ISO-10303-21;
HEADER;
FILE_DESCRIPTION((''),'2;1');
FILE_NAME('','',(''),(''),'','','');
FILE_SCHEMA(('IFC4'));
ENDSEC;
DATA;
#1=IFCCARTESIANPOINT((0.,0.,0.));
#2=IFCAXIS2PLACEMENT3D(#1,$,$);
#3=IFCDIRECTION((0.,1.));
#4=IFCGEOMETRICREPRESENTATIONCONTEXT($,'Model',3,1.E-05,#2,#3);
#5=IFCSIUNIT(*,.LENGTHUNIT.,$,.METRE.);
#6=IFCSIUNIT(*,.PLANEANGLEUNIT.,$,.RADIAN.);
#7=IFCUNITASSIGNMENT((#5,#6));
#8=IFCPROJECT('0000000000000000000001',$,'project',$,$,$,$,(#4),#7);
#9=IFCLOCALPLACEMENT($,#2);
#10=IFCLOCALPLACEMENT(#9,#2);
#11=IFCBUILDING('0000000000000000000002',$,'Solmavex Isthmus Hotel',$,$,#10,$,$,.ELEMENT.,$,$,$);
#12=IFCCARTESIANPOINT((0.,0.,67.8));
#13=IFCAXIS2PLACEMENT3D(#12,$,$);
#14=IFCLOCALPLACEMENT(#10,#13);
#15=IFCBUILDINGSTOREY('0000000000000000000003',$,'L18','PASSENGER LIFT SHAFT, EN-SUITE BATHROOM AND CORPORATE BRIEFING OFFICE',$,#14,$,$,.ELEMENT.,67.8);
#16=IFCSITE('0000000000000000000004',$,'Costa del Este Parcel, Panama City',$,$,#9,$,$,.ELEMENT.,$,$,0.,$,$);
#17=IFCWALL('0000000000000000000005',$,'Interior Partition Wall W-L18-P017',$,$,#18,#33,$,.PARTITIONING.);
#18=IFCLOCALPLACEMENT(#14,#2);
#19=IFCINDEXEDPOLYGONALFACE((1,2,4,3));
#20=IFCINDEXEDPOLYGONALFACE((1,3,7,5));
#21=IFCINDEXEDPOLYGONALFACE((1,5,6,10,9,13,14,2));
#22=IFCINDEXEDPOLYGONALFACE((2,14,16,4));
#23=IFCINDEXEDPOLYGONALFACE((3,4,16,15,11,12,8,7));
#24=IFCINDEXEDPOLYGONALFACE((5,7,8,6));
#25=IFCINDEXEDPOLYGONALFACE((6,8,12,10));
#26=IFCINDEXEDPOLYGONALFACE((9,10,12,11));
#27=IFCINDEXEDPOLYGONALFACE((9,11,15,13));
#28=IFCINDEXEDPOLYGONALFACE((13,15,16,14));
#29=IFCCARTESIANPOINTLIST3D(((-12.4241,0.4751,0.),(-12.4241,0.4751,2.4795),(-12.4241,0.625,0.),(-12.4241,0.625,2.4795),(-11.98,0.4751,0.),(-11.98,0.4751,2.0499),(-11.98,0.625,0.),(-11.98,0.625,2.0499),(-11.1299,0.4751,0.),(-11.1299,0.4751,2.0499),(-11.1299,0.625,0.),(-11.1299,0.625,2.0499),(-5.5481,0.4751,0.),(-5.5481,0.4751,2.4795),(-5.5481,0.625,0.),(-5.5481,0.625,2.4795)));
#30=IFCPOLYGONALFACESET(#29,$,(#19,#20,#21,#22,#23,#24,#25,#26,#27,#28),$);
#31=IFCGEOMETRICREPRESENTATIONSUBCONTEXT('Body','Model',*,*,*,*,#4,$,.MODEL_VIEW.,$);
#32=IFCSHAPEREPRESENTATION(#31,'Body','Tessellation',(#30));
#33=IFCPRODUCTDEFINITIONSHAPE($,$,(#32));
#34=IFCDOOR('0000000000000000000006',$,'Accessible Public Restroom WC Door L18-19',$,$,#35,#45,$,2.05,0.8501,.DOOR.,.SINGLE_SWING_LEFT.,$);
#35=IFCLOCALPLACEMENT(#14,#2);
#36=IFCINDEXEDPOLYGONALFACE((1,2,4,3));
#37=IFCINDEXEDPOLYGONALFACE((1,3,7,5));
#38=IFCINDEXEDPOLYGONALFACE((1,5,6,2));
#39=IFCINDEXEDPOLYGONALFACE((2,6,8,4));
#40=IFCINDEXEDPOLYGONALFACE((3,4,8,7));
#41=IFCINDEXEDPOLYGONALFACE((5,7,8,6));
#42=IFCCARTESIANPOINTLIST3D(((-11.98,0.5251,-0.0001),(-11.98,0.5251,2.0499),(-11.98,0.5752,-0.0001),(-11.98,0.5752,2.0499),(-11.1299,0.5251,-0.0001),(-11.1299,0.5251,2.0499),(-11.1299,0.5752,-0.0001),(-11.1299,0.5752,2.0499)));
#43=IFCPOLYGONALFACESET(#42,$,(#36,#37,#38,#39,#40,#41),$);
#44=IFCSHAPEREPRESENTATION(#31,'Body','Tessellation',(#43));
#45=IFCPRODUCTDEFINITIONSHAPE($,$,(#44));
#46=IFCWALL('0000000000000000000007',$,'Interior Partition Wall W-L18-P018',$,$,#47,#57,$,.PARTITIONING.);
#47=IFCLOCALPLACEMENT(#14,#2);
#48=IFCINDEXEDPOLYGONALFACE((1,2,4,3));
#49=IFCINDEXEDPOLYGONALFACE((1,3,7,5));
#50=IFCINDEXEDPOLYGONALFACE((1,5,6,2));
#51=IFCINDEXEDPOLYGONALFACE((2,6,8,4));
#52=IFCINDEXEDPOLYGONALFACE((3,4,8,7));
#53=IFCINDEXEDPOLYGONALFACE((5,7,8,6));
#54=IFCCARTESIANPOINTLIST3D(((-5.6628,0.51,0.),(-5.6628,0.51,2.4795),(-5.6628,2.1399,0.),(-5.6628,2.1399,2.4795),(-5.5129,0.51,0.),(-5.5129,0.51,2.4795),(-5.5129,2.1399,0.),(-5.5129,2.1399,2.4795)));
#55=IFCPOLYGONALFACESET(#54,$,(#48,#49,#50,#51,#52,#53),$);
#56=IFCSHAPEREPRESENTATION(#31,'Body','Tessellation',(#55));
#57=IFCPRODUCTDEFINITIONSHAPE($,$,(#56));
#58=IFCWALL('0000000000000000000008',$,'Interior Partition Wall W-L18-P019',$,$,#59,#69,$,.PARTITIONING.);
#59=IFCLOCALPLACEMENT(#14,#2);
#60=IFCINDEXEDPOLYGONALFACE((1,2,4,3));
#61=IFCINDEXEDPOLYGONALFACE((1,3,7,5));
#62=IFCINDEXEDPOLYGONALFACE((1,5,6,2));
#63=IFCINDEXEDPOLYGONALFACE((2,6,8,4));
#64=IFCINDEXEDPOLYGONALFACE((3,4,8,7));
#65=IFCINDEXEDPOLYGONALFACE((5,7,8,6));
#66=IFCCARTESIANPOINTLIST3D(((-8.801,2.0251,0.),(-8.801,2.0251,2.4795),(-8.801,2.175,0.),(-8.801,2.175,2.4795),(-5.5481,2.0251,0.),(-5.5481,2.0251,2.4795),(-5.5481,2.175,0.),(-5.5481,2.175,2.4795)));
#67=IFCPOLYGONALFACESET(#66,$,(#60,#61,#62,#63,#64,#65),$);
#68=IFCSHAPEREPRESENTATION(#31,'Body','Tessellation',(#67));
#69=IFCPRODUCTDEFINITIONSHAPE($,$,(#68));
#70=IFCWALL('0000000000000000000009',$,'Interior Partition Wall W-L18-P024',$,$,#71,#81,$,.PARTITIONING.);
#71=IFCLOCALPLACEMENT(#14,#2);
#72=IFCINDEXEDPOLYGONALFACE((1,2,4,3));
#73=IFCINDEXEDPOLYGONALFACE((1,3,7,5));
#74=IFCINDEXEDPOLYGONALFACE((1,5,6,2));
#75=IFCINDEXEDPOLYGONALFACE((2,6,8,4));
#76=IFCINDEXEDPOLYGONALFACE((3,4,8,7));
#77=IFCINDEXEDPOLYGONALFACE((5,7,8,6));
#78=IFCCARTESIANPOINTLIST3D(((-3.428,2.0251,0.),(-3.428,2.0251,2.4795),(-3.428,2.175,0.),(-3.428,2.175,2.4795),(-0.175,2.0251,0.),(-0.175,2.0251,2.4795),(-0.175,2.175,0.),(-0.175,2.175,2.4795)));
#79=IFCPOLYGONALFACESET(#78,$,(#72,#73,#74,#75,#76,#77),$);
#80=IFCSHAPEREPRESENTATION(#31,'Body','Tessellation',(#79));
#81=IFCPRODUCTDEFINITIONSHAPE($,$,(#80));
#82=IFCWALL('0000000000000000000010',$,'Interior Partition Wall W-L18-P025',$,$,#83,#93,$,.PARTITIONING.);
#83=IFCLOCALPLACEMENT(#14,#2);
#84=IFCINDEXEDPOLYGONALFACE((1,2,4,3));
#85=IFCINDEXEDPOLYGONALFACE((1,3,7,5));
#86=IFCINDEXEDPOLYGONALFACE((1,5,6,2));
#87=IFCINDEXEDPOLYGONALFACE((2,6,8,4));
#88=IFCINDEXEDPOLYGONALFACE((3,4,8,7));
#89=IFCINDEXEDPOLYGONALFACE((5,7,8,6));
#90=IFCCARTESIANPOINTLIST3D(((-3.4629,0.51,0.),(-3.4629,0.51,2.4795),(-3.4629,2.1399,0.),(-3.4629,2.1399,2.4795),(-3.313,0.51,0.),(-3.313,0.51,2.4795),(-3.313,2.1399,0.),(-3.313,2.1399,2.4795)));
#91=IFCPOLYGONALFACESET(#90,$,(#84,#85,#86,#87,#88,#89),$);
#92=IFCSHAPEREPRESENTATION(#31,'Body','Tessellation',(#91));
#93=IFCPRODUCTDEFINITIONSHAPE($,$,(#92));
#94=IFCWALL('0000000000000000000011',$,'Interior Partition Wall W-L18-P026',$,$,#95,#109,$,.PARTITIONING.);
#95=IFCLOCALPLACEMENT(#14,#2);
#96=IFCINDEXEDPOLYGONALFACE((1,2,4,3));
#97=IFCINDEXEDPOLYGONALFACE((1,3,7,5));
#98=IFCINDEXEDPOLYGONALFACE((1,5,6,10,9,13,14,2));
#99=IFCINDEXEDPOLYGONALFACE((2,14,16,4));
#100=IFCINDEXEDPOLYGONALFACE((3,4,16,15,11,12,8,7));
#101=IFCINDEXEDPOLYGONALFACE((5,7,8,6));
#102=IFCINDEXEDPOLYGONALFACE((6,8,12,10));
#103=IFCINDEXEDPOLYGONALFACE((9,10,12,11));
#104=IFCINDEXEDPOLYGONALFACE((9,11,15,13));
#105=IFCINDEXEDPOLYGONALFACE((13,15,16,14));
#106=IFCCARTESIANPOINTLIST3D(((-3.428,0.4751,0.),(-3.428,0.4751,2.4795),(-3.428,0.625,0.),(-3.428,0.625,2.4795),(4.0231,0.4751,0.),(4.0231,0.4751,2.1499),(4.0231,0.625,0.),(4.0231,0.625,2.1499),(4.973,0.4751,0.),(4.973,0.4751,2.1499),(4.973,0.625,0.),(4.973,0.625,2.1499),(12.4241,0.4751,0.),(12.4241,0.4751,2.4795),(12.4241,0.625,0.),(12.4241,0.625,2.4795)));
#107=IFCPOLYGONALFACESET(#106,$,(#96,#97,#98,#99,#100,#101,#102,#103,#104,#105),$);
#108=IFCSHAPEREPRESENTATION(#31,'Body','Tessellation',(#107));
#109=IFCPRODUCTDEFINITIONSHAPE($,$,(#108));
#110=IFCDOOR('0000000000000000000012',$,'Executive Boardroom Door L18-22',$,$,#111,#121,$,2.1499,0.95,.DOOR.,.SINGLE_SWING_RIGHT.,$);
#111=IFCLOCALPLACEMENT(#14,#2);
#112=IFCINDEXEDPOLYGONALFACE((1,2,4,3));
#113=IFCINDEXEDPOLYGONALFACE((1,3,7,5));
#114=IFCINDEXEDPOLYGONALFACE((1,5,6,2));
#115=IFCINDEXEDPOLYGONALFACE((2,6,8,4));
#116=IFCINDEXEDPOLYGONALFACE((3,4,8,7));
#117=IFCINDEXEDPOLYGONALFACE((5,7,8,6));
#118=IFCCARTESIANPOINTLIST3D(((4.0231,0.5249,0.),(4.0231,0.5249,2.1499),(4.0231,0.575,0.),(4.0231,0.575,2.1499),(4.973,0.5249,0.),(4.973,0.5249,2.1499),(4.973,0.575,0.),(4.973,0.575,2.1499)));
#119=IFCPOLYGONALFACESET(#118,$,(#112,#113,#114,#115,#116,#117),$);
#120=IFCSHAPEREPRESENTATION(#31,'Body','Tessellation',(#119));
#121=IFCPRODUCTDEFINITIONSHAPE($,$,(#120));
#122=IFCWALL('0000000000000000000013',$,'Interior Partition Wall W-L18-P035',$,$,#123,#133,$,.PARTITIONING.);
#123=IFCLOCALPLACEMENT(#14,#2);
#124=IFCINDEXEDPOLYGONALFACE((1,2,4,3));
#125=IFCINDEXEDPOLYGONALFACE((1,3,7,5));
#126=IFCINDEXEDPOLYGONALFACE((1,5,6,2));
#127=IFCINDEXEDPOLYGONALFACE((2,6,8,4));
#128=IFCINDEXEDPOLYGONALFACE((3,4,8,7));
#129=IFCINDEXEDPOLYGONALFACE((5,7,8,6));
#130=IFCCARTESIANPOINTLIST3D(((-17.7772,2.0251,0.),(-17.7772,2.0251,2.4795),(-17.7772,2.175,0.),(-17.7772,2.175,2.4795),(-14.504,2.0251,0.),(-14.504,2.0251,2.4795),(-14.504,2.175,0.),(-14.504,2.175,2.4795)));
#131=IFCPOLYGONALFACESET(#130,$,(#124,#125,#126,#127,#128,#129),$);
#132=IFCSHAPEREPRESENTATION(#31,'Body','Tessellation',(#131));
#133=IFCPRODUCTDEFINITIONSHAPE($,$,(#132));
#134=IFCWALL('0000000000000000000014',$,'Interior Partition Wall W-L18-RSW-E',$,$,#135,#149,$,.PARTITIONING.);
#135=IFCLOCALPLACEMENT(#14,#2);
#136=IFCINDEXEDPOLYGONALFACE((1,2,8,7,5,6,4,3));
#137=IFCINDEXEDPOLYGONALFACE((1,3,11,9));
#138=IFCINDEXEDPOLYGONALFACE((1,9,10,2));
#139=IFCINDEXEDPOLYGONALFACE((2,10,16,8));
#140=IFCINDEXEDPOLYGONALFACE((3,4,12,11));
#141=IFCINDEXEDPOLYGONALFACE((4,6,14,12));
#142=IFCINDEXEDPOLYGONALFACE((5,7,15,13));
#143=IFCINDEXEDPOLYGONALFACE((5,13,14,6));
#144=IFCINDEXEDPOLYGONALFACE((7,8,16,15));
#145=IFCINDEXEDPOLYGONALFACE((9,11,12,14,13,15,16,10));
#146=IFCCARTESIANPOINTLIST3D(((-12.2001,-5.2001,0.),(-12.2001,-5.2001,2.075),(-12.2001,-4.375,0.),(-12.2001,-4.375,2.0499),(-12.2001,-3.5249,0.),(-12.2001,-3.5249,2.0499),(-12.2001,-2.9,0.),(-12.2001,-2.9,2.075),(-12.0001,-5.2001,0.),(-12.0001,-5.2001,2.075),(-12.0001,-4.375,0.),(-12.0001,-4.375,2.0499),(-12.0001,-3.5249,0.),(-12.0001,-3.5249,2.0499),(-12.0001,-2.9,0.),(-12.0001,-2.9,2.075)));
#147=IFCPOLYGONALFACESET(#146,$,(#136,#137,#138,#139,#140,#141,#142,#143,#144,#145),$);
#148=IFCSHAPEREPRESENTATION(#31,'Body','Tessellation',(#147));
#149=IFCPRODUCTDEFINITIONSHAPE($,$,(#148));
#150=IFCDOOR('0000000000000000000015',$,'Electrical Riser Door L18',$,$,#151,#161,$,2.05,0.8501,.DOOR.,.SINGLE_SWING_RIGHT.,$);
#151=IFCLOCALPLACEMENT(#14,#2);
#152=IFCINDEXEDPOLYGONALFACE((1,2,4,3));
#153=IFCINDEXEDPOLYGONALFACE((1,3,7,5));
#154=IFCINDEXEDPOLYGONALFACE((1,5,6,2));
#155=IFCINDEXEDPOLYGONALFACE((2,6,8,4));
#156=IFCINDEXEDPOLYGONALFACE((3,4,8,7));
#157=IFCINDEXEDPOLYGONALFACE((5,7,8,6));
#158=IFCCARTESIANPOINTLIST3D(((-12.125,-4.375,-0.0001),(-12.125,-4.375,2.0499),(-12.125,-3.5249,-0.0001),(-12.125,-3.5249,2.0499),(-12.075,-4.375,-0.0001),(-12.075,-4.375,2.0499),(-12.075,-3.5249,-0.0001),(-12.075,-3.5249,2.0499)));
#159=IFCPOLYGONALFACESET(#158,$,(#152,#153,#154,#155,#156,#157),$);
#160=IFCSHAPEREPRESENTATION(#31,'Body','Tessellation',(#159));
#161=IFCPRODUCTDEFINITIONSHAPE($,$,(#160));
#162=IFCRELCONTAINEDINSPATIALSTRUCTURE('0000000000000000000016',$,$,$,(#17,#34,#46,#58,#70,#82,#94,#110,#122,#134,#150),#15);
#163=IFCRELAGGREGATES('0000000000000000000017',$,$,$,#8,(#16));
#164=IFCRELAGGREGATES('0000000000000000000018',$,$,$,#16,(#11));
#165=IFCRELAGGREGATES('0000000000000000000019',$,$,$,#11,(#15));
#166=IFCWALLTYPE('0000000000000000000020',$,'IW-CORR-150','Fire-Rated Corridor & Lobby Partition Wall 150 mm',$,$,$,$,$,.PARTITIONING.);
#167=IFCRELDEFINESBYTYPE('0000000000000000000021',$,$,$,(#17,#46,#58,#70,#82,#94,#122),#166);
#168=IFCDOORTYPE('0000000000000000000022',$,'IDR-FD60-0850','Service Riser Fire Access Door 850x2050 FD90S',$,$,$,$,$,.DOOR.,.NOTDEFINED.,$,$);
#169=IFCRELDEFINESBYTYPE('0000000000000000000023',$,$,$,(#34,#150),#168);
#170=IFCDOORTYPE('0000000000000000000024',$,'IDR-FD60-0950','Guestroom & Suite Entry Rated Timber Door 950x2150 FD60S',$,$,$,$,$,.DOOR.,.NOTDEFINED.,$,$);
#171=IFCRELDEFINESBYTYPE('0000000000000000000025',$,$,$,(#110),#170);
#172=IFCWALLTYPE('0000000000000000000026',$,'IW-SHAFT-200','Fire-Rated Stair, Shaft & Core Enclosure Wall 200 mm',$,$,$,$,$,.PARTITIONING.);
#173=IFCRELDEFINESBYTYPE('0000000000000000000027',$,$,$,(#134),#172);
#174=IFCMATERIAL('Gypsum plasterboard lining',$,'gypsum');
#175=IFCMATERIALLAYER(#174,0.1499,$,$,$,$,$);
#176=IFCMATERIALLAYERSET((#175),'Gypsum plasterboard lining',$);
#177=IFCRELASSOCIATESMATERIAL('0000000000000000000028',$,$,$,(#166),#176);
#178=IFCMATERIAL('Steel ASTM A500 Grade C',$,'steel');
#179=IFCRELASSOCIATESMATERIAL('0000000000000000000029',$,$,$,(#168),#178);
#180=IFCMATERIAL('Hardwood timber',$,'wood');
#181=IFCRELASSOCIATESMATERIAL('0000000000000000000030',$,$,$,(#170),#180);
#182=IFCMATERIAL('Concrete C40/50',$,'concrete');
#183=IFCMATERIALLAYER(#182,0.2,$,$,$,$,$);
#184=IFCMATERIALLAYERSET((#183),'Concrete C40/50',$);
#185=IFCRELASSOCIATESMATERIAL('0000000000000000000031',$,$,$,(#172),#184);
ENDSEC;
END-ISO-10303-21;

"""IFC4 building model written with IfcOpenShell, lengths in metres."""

from ifc_helpers import new_model, si_unit, direction, frame, frame_2d, origin, place, context, subcontext, project, spatial, rectangle, extrude, material, layer, layer_set, type_object, element, fill, save


model = new_model("IFC4")

# Units and contexts
model_context = context("Model", 3, precision=1e-05, world=origin(), true_north=direction((0.0, 1.0)))
body_context = subcontext(model_context, "Body", "Model", "MODEL_VIEW")
ifc_project = project(units=[si_unit("LENGTHUNIT", "METRE"), si_unit("PLANEANGLEUNIT", "RADIAN")], contexts=[model_context])

# Site, building, storey
site_placement = place(None, origin())
site = spatial("IfcSite", under=ifc_project, at=site_placement, Name="Costa del Este Parcel, Panama City", CompositionType="ELEMENT", RefElevation=0.0)
building_placement = place(site_placement, origin())
building = spatial("IfcBuilding", under=site, at=building_placement, Name="Solmavex Isthmus Hotel", CompositionType="ELEMENT")
storey_placement = place(building_placement, frame((0.0, 0.0, 67.8)))
storey = spatial("IfcBuildingStorey", under=building, at=storey_placement, Name="L18", Description="PASSENGER LIFT SHAFT, EN-SUITE BATHROOM AND CORPORATE BRIEFING OFFICE", CompositionType="ELEMENT", Elevation=67.8)

# Shared definitions
ifc_material_1 = material(Name="Concrete C40/50", Category="concrete")

# Shared definitions
ifc_material_2 = material(Name="Gypsum plasterboard lining", Category="gypsum")
ifc_layer_1 = layer(ifc_material_2, 0.1499)
ifc_layer_set_1 = layer_set([ifc_layer_1], Name="Gypsum plasterboard lining")
wall_type_1 = type_object("IfcWallType", Name="IW-CORR-150", Description="Fire-Rated Corridor & Lobby Partition Wall 150 mm", PredefinedType="PARTITIONING", material=ifc_layer_set_1)

# Wall, opening, door
wall_1_placement = place(storey_placement, frame((-12.4241, 0.55, 0.0), z_axis=(0.0, 0.0, 1.0), x_axis=(1.0, 0.0, 0.0)))
wall_1 = element("IfcWall", 1, at=wall_1_placement, inside=storey, type_object=wall_type_1, Name="Interior Partition Wall W-L18-P017", PredefinedType="PARTITIONING", context=body_context, shape_type="SweptSolid", body=[
    extrude(rectangle(XDim=6.876, YDim=0.1499, at=frame_2d((3.438, 0.0))), origin(), (0.0, 0.0, 1.0), 2.4795),
])
opening_1_placement = place(wall_1_placement, frame((0.4441, 0.0, 0.0)))
opening_1 = element("IfcOpeningElement", 2, at=opening_1_placement, cuts=wall_1, PredefinedType="OPENING", context=body_context, shape_type="SweptSolid", body=[
    extrude(rectangle(XDim=0.8501, YDim=2.05, at=frame_2d((0.425, 1.0249))), frame((0.0, 0.085, 0.0), z_axis=(0.0, -1.0, 0.0), x_axis=(1.0, 0.0, 0.0)), (0.0, 0.0, 1.0), 0.1699),
])
ifc_material_3 = material(Name="Steel ASTM A500 Grade C", Category="steel")
door_type_1 = type_object("IfcDoorType", Name="IDR-FD60-0850", Description="Service Riser Fire Access Door 850x2050 FD90S", OperationType="NOTDEFINED", PredefinedType="DOOR", material=ifc_material_3)
door_1_placement = place(opening_1_placement, frame((0.8501, 0.0, 0.0), z_axis=(0.0, 0.0, 1.0), x_axis=(-1.0, 0.0, 0.0)))
door_1 = element("IfcDoor", 3, at=door_1_placement, inside=storey, type_object=door_type_1, Name="Accessible Public Restroom WC Door L18-19", OperationType="SINGLE_SWING_LEFT", OverallHeight=2.05, OverallWidth=0.8501, PredefinedType="DOOR", context=body_context, shape_type="SweptSolid", body=[
    extrude(rectangle(XDim=0.8501, YDim=2.05, at=frame_2d((0.425, 1.0249))), frame((0.0, 0.0249, 0.0), z_axis=(0.0, -1.0, 0.0), x_axis=(1.0, 0.0, 0.0)), (0.0, 0.0, 1.0), 0.05),
])
fill(opening_1, door_1)

# Walls
wall_2_placement = place(storey_placement, frame((-5.5879, 0.51, 0.0), z_axis=(0.0, 0.0, 1.0), x_axis=(0.0, 1.0, 0.0)))
element("IfcWall", 4, at=wall_2_placement, inside=storey, type_object=wall_type_1, Name="Interior Partition Wall W-L18-P018", PredefinedType="PARTITIONING", context=body_context, shape_type="SweptSolid", body=[
    extrude(rectangle(XDim=1.6299, YDim=0.1499, at=frame_2d((0.8149, 0.0))), origin(), (0.0, 0.0, 1.0), 2.4795),
])
for number, where, z_axis, x_axis, name in (
    (5, (-5.5481, 2.1001, 0.0), (0.0, 0.0, 1.0), (-1.0, 0.0, 0.0), "Interior Partition Wall W-L18-P019"),
    (6, (-0.175, 2.1001, 0.0), (0.0, 0.0, 1.0), (-1.0, 0.0, 0.0), "Interior Partition Wall W-L18-P024"),
):
    element("IfcWall", number, at=place(storey_placement, frame(where, z_axis=z_axis, x_axis=x_axis)), inside=storey, type_object=wall_type_1, Name=name, PredefinedType="PARTITIONING", context=body_context, shape_type="SweptSolid", body=[
        extrude(rectangle(XDim=3.2529, YDim=0.1499, at=frame_2d((1.6265, 0.0))), origin(), (0.0, 0.0, 1.0), 2.4795),
    ])
wall_3_placement = place(storey_placement, frame((-3.3879, 2.1399, 0.0), z_axis=(0.0, 0.0, 1.0), x_axis=(0.0, -1.0, 0.0)))
element("IfcWall", 7, at=wall_3_placement, inside=storey, type_object=wall_type_1, Name="Interior Partition Wall W-L18-P025", PredefinedType="PARTITIONING", context=body_context, shape_type="SweptSolid", body=[
    extrude(rectangle(XDim=1.6299, YDim=0.1499, at=frame_2d((0.8149, 0.0))), origin(), (0.0, 0.0, 1.0), 2.4795),
])

# Wall, opening, door
wall_4_placement = place(storey_placement, frame((-3.428, 0.55, 0.0), z_axis=(0.0, 0.0, 1.0), x_axis=(1.0, 0.0, 0.0)))
wall_4 = element("IfcWall", 8, at=wall_4_placement, inside=storey, type_object=wall_type_1, Name="Interior Partition Wall W-L18-P026", PredefinedType="PARTITIONING", context=body_context, shape_type="SweptSolid", body=[
    extrude(rectangle(XDim=15.8521, YDim=0.1499, at=frame_2d((7.926, 0.0))), origin(), (0.0, 0.0, 1.0), 2.4795),
])
opening_2_placement = place(wall_4_placement, frame((7.4509, 0.0, 0.0)))
opening_2 = element("IfcOpeningElement", 9, at=opening_2_placement, cuts=wall_4, PredefinedType="OPENING", context=body_context, shape_type="SweptSolid", body=[
    extrude(rectangle(XDim=0.95, YDim=2.1499, at=frame_2d((0.4751, 1.075))), frame((0.0, 0.085, 0.0), z_axis=(0.0, -1.0, 0.0), x_axis=(1.0, 0.0, 0.0)), (0.0, 0.0, 1.0), 0.1699),
])
ifc_material_4 = material(Name="Hardwood timber", Category="wood")
door_type_2 = type_object("IfcDoorType", Name="IDR-FD60-0950", Description="Guestroom & Suite Entry Rated Timber Door 950x2150 FD60S", OperationType="NOTDEFINED", PredefinedType="DOOR", material=ifc_material_4)
door_2_placement = place(opening_2_placement, origin())
door_2 = element("IfcDoor", 10, at=door_2_placement, inside=storey, type_object=door_type_2, Name="Executive Boardroom Door L18-22", OperationType="SINGLE_SWING_RIGHT", OverallHeight=2.1499, OverallWidth=0.95, PredefinedType="DOOR", context=body_context, shape_type="SweptSolid", body=[
    extrude(rectangle(XDim=0.95, YDim=2.1499, at=frame_2d((0.4751, 1.075))), frame((0.0, 0.0249, 0.0), z_axis=(0.0, -1.0, 0.0), x_axis=(1.0, 0.0, 0.0)), (0.0, 0.0, 1.0), 0.05),
])
fill(opening_2, door_2)

# Wall
wall_5_placement = place(storey_placement, frame((-14.5039, 2.1001, 0.0), z_axis=(0.0, 0.0, 1.0), x_axis=(-1.0, 0.0, 0.0)))
element("IfcWall", 11, at=wall_5_placement, inside=storey, type_object=wall_type_1, Name="Interior Partition Wall W-L18-P035", PredefinedType="PARTITIONING", context=body_context, shape_type="SweptSolid", body=[
    extrude(rectangle(XDim=3.2732, YDim=0.1499, at=frame_2d((1.6367, 0.0))), origin(), (0.0, 0.0, 1.0), 2.4795),
])

# Wall, opening, door
ifc_layer_2 = layer(ifc_material_1, 0.2)
ifc_layer_set_2 = layer_set([ifc_layer_2], Name="Concrete C40/50")
wall_type_2 = type_object("IfcWallType", Name="IW-SHAFT-200", Description="Fire-Rated Stair, Shaft & Core Enclosure Wall 200 mm", PredefinedType="PARTITIONING", material=ifc_layer_set_2)
wall_6_placement = place(storey_placement, frame((-12.1001, -5.2, 0.0), z_axis=(0.0, 0.0, 1.0), x_axis=(0.0, 1.0, 0.0)))
wall_6 = element("IfcWall", 12, at=wall_6_placement, inside=storey, type_object=wall_type_2, Name="Interior Partition Wall W-L18-RSW-E", PredefinedType="PARTITIONING", context=body_context, shape_type="SweptSolid", body=[
    extrude(rectangle(XDim=2.3, YDim=0.2, at=frame_2d((1.1499, 0.0))), origin(), (0.0, 0.0, 1.0), 2.075),
])
opening_3_placement = place(wall_6_placement, frame((0.825, 0.0, 0.0)))
opening_3 = element("IfcOpeningElement", 13, at=opening_3_placement, cuts=wall_6, PredefinedType="OPENING", context=body_context, shape_type="SweptSolid", body=[
    extrude(rectangle(XDim=0.8501, YDim=2.05, at=frame_2d((0.425, 1.0249))), frame((0.0, 0.1099, 0.0), z_axis=(0.0, -1.0, 0.0), x_axis=(1.0, 0.0, 0.0)), (0.0, 0.0, 1.0), 0.22),
])
door_3_placement = place(opening_3_placement, origin())
door_3 = element("IfcDoor", 14, at=door_3_placement, inside=storey, type_object=door_type_1, Name="Electrical Riser Door L18", OperationType="SINGLE_SWING_RIGHT", OverallHeight=2.05, OverallWidth=0.8501, PredefinedType="DOOR", context=body_context, shape_type="SweptSolid", body=[
    extrude(rectangle(XDim=0.8501, YDim=2.05, at=frame_2d((0.425, 1.0249))), frame((0.0, 0.0249, 0.0), z_axis=(0.0, -1.0, 0.0), x_axis=(1.0, 0.0, 0.0)), (0.0, 0.0, 1.0), 0.05),
])
fill(opening_3, door_3)

save(model, "model.ifc")
